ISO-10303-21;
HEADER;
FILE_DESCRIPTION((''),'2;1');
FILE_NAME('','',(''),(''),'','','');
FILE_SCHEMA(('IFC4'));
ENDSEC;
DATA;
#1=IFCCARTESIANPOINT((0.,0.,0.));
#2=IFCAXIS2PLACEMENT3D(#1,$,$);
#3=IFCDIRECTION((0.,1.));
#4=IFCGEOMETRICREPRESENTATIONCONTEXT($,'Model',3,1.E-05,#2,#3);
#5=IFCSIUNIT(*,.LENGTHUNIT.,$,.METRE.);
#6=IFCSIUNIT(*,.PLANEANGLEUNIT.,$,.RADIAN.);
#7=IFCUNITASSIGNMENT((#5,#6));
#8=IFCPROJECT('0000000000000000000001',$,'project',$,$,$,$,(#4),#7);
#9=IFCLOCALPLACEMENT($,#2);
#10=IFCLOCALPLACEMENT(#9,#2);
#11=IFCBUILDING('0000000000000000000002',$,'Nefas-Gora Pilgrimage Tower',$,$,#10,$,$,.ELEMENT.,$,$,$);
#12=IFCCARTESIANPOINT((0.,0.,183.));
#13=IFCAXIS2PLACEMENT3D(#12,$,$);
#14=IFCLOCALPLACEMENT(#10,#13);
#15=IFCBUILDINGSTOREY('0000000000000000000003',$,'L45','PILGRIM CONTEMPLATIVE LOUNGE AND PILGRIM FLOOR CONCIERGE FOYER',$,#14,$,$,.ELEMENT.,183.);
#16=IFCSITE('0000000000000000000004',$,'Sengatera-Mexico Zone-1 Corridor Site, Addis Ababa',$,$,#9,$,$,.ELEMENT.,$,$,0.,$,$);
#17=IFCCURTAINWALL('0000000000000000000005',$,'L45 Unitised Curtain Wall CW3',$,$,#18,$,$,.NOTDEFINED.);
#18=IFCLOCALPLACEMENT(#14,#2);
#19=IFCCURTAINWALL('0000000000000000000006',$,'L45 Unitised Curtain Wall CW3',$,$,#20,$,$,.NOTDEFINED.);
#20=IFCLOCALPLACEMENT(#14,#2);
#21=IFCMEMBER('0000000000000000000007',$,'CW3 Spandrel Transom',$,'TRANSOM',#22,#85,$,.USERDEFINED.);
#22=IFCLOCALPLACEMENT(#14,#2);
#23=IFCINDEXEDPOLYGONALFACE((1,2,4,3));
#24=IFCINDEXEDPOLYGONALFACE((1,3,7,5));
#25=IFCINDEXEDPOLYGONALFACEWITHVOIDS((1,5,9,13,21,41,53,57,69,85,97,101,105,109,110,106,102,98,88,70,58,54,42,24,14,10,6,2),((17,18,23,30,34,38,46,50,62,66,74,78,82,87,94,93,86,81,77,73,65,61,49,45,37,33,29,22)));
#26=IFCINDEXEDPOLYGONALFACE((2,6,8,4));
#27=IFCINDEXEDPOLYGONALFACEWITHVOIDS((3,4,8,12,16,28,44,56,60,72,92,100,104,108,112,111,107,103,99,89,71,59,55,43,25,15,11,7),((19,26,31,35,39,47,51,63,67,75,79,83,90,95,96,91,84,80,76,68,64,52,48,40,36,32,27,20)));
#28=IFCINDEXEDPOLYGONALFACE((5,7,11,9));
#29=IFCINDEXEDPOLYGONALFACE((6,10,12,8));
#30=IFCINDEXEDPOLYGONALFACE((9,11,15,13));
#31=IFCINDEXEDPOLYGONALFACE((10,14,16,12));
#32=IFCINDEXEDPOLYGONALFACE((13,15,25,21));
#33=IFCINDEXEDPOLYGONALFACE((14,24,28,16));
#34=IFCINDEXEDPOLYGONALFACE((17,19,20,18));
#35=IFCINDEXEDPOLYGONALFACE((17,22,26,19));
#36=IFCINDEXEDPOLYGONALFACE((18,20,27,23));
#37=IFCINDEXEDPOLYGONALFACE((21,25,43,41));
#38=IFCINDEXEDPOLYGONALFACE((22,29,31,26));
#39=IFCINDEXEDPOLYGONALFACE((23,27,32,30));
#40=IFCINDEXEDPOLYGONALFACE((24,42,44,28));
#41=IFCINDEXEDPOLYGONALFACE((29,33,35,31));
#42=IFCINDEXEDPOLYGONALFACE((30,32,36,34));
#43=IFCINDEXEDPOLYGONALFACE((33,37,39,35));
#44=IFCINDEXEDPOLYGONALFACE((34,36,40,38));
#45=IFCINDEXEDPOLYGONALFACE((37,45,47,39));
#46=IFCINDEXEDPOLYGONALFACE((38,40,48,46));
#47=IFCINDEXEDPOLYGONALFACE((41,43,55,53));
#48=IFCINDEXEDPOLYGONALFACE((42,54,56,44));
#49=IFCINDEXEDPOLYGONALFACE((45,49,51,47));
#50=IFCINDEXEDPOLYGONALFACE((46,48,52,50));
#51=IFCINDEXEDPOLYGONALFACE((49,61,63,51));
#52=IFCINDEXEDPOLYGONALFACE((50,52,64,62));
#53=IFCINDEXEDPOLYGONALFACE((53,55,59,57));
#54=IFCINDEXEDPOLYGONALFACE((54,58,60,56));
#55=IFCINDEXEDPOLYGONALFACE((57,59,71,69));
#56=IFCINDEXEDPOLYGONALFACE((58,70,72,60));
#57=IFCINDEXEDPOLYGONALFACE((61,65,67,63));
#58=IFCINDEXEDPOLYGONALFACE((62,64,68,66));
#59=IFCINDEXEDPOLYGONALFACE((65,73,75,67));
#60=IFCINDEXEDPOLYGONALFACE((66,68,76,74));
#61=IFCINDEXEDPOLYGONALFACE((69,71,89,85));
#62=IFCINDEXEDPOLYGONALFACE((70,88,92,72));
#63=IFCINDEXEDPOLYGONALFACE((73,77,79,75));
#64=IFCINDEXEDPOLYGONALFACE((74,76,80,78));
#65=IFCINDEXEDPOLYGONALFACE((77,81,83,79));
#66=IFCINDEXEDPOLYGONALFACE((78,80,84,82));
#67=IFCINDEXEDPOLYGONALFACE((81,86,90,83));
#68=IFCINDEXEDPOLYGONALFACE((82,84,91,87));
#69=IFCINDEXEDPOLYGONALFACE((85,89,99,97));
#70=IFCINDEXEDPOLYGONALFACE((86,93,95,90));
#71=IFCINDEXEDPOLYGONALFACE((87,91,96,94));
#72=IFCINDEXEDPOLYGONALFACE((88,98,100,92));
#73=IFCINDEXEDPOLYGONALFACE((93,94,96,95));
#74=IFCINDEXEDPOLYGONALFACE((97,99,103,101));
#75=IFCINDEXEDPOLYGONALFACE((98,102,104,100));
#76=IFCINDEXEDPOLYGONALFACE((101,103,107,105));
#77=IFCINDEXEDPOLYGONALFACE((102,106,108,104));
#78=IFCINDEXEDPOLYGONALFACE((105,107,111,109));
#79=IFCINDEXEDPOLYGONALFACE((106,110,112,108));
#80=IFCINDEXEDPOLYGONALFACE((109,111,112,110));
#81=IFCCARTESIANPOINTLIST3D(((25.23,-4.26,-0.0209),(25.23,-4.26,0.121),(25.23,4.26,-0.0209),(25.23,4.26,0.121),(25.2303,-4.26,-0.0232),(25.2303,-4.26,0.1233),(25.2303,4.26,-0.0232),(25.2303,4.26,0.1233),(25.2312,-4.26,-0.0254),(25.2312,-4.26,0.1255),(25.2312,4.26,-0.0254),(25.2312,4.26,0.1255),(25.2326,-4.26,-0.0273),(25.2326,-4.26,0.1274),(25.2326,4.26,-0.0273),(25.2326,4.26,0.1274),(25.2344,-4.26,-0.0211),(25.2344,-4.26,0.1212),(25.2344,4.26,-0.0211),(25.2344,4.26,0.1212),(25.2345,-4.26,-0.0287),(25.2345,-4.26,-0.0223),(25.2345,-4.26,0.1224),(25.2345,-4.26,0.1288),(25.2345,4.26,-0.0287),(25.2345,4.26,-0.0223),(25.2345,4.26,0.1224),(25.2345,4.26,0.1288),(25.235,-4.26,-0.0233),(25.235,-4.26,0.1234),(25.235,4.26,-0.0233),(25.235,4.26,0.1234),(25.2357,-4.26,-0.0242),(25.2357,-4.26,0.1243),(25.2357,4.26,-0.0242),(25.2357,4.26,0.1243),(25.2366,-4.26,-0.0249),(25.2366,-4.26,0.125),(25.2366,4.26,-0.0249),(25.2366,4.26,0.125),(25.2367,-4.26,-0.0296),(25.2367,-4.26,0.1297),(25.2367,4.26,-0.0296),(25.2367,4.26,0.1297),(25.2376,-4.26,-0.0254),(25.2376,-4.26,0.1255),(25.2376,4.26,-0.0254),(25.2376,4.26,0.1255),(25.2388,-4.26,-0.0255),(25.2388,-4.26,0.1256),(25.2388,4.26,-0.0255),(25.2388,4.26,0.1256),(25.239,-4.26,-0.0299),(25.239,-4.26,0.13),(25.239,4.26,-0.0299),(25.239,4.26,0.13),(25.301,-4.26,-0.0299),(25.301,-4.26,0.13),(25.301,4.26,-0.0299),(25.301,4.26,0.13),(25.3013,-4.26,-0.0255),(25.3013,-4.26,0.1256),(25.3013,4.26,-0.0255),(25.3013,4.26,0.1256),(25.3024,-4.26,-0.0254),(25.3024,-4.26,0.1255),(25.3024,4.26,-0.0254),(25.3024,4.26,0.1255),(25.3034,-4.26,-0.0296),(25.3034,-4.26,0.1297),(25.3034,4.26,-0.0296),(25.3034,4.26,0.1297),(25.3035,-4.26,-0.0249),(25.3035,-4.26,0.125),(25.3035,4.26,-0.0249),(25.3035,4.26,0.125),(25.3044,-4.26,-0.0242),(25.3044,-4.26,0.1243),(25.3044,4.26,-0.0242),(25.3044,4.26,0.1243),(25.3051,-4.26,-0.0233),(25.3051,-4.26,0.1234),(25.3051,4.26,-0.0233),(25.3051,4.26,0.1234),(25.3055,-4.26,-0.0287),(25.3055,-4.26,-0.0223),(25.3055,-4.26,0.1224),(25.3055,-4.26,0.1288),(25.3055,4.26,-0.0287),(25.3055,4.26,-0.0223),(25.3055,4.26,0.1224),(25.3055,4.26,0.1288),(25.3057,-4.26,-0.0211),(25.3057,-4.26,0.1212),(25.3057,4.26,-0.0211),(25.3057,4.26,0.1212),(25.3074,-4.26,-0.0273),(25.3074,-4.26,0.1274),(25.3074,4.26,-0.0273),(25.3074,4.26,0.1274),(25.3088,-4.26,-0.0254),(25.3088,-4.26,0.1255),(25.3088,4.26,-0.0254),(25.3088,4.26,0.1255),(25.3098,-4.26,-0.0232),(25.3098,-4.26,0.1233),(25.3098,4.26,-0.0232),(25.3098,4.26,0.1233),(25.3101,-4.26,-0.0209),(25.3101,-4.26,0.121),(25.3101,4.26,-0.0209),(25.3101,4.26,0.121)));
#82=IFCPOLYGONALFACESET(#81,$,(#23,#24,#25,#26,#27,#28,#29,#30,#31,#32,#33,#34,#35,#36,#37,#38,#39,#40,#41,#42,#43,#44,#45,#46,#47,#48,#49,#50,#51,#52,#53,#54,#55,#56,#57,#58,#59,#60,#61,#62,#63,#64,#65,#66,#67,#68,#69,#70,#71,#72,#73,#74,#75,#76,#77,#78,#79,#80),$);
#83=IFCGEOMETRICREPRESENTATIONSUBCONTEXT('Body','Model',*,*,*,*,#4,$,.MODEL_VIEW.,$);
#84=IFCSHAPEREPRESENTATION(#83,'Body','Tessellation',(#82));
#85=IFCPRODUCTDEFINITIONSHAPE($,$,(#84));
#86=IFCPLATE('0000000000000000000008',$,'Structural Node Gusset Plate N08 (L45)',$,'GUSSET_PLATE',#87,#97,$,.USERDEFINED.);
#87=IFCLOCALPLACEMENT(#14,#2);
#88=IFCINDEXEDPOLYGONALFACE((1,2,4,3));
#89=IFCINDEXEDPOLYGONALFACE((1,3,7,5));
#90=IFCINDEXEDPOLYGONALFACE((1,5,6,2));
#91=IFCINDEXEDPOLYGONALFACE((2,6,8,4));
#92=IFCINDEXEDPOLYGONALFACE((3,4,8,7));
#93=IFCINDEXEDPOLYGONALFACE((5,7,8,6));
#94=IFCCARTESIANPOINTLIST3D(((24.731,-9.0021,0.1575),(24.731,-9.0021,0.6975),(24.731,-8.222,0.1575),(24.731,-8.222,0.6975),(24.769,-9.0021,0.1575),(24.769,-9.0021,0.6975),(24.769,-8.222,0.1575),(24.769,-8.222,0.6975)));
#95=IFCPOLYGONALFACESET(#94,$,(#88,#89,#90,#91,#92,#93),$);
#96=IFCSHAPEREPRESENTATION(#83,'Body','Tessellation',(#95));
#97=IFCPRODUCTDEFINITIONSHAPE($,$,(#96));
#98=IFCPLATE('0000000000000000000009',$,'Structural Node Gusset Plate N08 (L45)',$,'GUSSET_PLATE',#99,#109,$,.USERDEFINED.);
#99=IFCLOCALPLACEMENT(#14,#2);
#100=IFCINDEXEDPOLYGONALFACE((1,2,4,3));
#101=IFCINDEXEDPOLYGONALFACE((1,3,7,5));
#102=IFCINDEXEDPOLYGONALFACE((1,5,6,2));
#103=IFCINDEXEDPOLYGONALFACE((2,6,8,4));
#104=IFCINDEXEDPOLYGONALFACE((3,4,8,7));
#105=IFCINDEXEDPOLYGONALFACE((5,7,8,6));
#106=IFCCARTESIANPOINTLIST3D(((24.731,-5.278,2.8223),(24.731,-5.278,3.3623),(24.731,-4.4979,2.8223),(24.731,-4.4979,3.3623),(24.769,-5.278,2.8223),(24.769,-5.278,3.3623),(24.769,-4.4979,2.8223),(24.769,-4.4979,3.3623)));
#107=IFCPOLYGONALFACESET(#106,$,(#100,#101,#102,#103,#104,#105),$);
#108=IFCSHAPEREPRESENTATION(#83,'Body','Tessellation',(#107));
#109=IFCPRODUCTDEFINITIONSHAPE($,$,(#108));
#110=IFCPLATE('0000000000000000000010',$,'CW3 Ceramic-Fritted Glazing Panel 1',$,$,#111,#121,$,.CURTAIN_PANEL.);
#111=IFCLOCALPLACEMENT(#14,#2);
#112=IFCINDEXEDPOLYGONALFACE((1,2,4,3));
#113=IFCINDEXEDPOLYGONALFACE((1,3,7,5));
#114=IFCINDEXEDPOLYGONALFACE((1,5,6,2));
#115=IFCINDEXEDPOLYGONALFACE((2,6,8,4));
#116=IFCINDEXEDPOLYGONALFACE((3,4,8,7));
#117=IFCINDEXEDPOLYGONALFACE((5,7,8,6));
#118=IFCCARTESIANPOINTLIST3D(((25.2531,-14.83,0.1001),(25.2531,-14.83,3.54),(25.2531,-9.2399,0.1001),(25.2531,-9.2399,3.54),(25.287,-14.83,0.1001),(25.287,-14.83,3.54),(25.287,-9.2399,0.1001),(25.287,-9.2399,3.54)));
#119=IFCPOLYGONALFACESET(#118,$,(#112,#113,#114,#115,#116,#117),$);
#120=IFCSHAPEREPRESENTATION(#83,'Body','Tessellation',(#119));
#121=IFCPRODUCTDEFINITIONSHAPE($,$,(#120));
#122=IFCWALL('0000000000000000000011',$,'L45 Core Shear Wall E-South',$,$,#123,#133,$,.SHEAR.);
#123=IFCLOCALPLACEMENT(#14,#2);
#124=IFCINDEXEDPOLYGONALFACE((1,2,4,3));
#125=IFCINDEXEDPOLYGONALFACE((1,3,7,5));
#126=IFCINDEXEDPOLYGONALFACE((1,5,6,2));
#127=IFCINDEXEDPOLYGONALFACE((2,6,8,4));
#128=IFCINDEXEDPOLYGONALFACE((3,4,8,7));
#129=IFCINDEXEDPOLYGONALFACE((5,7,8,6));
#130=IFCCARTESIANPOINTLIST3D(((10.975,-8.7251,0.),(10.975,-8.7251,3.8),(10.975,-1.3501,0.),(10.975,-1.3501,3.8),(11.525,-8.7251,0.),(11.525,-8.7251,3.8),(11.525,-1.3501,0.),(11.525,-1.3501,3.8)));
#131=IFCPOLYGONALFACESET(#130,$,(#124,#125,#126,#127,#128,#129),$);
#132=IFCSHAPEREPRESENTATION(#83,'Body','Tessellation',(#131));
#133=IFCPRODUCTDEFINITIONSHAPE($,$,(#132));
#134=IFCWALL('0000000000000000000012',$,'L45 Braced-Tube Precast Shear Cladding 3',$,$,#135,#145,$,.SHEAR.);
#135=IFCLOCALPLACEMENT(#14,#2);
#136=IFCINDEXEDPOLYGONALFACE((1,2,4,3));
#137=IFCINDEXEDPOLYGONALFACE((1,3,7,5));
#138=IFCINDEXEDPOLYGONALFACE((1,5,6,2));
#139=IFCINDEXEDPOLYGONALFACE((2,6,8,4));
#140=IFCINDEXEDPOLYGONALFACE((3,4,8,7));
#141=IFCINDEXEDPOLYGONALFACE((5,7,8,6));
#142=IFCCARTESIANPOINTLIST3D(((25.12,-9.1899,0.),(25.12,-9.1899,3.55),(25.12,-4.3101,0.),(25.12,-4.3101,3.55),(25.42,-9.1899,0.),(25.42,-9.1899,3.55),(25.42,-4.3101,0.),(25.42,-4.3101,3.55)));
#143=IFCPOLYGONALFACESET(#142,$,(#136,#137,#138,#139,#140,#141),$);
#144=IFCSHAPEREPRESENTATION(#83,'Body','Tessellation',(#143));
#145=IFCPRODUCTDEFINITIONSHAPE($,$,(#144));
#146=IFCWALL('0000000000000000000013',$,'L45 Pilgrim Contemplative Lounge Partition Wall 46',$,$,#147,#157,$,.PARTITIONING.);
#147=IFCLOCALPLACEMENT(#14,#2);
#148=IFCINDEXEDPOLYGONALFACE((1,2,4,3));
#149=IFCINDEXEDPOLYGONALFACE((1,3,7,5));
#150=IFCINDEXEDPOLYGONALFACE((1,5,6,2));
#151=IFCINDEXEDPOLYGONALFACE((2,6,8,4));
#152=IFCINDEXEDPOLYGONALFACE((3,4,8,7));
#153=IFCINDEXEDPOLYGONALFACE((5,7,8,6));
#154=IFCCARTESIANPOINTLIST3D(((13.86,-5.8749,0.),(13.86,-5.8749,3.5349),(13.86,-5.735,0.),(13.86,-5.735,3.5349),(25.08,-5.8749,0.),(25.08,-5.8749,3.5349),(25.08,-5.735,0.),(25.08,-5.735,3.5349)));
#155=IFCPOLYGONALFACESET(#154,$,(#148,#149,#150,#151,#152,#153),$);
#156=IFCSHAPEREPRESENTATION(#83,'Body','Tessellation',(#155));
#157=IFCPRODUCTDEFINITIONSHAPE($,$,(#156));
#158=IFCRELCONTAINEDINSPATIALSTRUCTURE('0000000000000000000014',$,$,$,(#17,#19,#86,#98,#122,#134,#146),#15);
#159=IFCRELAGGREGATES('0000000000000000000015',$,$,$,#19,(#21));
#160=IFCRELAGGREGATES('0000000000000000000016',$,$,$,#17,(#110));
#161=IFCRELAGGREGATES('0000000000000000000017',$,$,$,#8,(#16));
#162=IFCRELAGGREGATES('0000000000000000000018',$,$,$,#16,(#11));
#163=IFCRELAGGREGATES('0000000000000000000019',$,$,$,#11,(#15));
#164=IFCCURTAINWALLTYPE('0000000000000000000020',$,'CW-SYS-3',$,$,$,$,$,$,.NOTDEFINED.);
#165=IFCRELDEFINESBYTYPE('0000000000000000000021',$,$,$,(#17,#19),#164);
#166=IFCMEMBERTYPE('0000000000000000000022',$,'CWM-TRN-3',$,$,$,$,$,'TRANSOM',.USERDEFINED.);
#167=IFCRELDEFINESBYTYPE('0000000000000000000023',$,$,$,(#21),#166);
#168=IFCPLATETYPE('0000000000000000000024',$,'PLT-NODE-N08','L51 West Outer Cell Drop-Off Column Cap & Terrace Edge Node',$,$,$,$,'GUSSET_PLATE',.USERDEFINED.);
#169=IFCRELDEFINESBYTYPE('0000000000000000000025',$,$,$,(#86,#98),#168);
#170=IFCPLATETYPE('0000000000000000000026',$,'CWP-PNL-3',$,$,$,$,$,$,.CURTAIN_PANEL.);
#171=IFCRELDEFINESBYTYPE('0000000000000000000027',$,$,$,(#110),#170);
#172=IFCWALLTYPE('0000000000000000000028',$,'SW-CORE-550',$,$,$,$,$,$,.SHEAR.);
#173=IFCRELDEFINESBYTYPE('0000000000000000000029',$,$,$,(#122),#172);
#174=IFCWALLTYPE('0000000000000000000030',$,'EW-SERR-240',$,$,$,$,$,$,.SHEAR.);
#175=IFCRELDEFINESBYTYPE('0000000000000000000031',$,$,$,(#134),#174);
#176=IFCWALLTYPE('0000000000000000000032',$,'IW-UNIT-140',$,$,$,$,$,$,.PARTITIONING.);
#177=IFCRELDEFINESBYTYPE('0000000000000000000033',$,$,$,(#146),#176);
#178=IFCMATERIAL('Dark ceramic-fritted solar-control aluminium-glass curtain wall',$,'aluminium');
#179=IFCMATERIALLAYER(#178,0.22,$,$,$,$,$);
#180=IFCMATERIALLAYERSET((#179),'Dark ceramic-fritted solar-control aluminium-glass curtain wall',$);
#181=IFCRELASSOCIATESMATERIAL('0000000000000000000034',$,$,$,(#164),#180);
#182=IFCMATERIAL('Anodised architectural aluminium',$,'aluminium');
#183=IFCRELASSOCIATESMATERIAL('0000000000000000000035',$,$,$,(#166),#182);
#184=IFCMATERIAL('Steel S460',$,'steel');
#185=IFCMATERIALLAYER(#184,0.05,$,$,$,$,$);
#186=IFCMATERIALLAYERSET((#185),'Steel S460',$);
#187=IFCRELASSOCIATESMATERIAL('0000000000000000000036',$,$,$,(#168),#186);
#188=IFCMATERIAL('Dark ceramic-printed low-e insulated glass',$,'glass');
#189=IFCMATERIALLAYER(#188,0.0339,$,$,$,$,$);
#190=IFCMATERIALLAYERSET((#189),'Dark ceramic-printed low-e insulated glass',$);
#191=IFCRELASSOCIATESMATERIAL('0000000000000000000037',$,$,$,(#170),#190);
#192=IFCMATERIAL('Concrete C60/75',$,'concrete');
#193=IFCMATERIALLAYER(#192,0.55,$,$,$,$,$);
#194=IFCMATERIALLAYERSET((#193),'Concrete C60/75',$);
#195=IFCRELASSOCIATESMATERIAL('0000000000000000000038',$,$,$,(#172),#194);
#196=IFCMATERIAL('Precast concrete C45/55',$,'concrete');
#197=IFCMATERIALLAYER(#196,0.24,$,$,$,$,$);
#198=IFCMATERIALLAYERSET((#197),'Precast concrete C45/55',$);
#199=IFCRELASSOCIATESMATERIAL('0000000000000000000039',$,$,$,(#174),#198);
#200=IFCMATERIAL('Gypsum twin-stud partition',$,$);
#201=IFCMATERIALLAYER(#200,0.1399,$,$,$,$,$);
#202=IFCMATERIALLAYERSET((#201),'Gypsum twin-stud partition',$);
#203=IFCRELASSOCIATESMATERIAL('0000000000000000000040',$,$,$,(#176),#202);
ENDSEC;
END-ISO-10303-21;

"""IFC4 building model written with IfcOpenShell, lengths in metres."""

from ifc_helpers import new_model, si_unit, direction, frame, frame_2d, origin, origin_2d, place, context, subcontext, project, spatial, rectangle, hollow_rectangle, extrude, source, transform, mapped, material, layer, layer_set, material_profile, profile_set, type_object, element, aggregate, save


model = new_model("IFC4")

# Units and contexts
model_context = context("Model", 3, precision=1e-05, world=origin(), true_north=direction((0.0, 1.0)))
body_context = subcontext(model_context, "Body", "Model", "MODEL_VIEW")
ifc_project = project(units=[si_unit("LENGTHUNIT", "METRE"), si_unit("PLANEANGLEUNIT", "RADIAN")], contexts=[model_context])

# Site, building, storey
site_placement = place(None, origin())
site = spatial("IfcSite", under=ifc_project, at=site_placement, Name="Sengatera-Mexico Zone-1 Corridor Site, Addis Ababa", CompositionType="ELEMENT", RefElevation=0.0)
building_placement = place(site_placement, origin())
building = spatial("IfcBuilding", under=site, at=building_placement, Name="Nefas-Gora Pilgrimage Tower", CompositionType="ELEMENT")
storey_placement = place(building_placement, frame((0.0, 0.0, 183.0)))
storey = spatial("IfcBuildingStorey", under=building, at=storey_placement, Name="L45", Description="PILGRIM CONTEMPLATIVE LOUNGE AND PILGRIM FLOOR CONCIERGE FOYER", CompositionType="ELEMENT", Elevation=183.0)

# Shared definitions
ifc_material_1 = material(Name="Steel S460", Category="steel")

# Shared definitions
ifc_material_2 = material(Name="Concrete C60/75", Category="concrete")

# Curtain wall
ifc_material_3 = material(Name="Dark ceramic-fritted solar-control aluminium-glass curtain wall", Category="aluminium")
ifc_layer_1 = layer(ifc_material_3, 0.22)
ifc_layer_set_1 = layer_set([ifc_layer_1], Name="Dark ceramic-fritted solar-control aluminium-glass curtain wall")
curtain_wall_type = type_object("IfcCurtainWallType", Name="CW-SYS-3", PredefinedType="NOTDEFINED", material=ifc_layer_set_1)
curtain_wall_1_placement = place(storey_placement, origin())
curtain_wall_1 = element("IfcCurtainWall", 1, at=curtain_wall_1_placement, inside=storey, type_object=curtain_wall_type, Name="L45 Unitised Curtain Wall CW3", PredefinedType="NOTDEFINED")
ifc_material_4 = material(Name="Anodised architectural aluminium", Category="aluminium")

# Curtain wall, member
curtain_wall_2_placement = place(storey_placement, origin())
curtain_wall_2 = element("IfcCurtainWall", 2, at=curtain_wall_2_placement, inside=storey, type_object=curtain_wall_type, Name="L45 Unitised Curtain Wall CW3", PredefinedType="NOTDEFINED")
ifc_material_profile_1 = material_profile(ifc_material_4, hollow_rectangle(XDim=0.0801, YDim=0.1599, WallThickness=0.0044, InnerFilletRadius=0.0044, OuterFilletRadius=0.009, at=origin_2d()), Name="ALU TRANSOM 80x160")
ifc_profile_set_1 = profile_set([ifc_material_profile_1], Name="Anodised architectural aluminium")
member_type_1 = type_object("IfcMemberType", Name="CWM-TRN-3", ElementType="TRANSOM", PredefinedType="USERDEFINED", material=ifc_profile_set_1)
shared_shape_1 = source(origin(), body_context, "Body", "SweptSolid", [
    extrude(hollow_rectangle(XDim=0.0801, YDim=0.1599, WallThickness=0.0044, InnerFilletRadius=0.0044, OuterFilletRadius=0.009, at=origin_2d()), origin(), (0.0, 0.0, 1.0), 8.52),
])
member_1_placement = place(storey_placement, frame((25.27, -4.26, 0.05), z_axis=(0.0, 1.0, 0.0), x_axis=(-1.0, 0.0, 0.0)))
member_1 = element("IfcMember", 3, at=member_1_placement, type_object=member_type_1, Name="CW3 Spandrel Transom", ObjectType="TRANSOM", PredefinedType="USERDEFINED", context=body_context, shape_type="MappedRepresentation", body=[
    mapped(shared_shape_1, transform((0.0, 0.0, 0.0), x_axis=(1.0, 0.0, 0.0), y_axis=(0.0, 1.0, 0.0), z_axis=(0.0, 0.0, 1.0), scale=1.0)),
])
aggregate(curtain_wall_2, [member_1])

# Plates
ifc_layer_2 = layer(ifc_material_1, 0.05)
ifc_layer_set_2 = layer_set([ifc_layer_2], Name="Steel S460")
plate_type_1 = type_object("IfcPlateType", Name="PLT-NODE-N08", Description="L51 West Outer Cell Drop-Off Column Cap & Terrace Edge Node", ElementType="GUSSET_PLATE", PredefinedType="USERDEFINED", material=ifc_layer_set_2)
shared_shape_2 = source(origin(), body_context, "Body", "SweptSolid", [
    extrude(rectangle(XDim=0.78, YDim=0.0381, at=origin_2d()), origin(), (0.0, 0.0, 1.0), 0.54),
])
for number, where, z_axis, x_axis, name in (
    (4, (24.75, -8.6121, 0.1575), (0.0, 0.0, 1.0), (0.0, 1.0, 0.0), "Structural Node Gusset Plate N08 (L45)"),
    (5, (24.75, -4.8879, 2.8223), (0.0, 0.0, 1.0), (0.0, 1.0, 0.0), "Structural Node Gusset Plate N08 (L45)"),
):
    element("IfcPlate", number, at=place(storey_placement, frame(where, z_axis=z_axis, x_axis=x_axis)), inside=storey, type_object=plate_type_1, Name=name, ObjectType="GUSSET_PLATE", PredefinedType="USERDEFINED", context=body_context, shape_type="MappedRepresentation", body=[
        mapped(shared_shape_2, transform((0.0, 0.0, 0.0), x_axis=(1.0, 0.0, 0.0), y_axis=(0.0, 1.0, 0.0), z_axis=(0.0, 0.0, 1.0), scale=1.0)),
    ])

# Plate
ifc_material_5 = material(Name="Dark ceramic-printed low-e insulated glass", Category="glass")
ifc_layer_3 = layer(ifc_material_5, 0.0339)
ifc_layer_set_3 = layer_set([ifc_layer_3], Name="Dark ceramic-printed low-e insulated glass")
plate_type_2 = type_object("IfcPlateType", Name="CWP-PNL-3", PredefinedType="CURTAIN_PANEL", material=ifc_layer_set_3)
shared_shape_3 = source(origin(), body_context, "Body", "SweptSolid", [
    extrude(rectangle(XDim=5.5901, YDim=0.0339, at=origin_2d()), origin(), (0.0, 0.0, 1.0), 3.4399),
])
plate_placement = place(storey_placement, frame((25.27, -12.0349, 0.1001), z_axis=(0.0, 0.0, 1.0), x_axis=(0.0, 1.0, 0.0)))
plate = element("IfcPlate", 6, at=plate_placement, type_object=plate_type_2, Name="CW3 Ceramic-Fritted Glazing Panel 1", PredefinedType="CURTAIN_PANEL", context=body_context, shape_type="MappedRepresentation", body=[
    mapped(shared_shape_3, transform((0.0, 0.0, 0.0), x_axis=(1.0, 0.0, 0.0), y_axis=(0.0, 1.0, 0.0), z_axis=(0.0, 0.0, 1.0), scale=1.0)),
])
aggregate(curtain_wall_1, [plate])

# Walls
ifc_layer_4 = layer(ifc_material_2, 0.55)
ifc_layer_set_4 = layer_set([ifc_layer_4], Name="Concrete C60/75")
wall_type_1 = type_object("IfcWallType", Name="SW-CORE-550", PredefinedType="SHEAR", material=ifc_layer_set_4)
shared_shape_4 = source(origin(), body_context, "Body", "SweptSolid", [
    extrude(rectangle(XDim=7.375, YDim=0.55, at=frame_2d((3.6875, 0.0))), origin(), (0.0, 0.0, 1.0), 3.8),
])
wall_1_placement = place(storey_placement, frame((11.25, -8.7251, 0.0), z_axis=(0.0, 0.0, 1.0), x_axis=(0.0, 1.0, 0.0)))
element("IfcWall", 7, at=wall_1_placement, inside=storey, type_object=wall_type_1, Name="L45 Core Shear Wall E-South", PredefinedType="SHEAR", context=body_context, shape_type="MappedRepresentation", body=[
    mapped(shared_shape_4, transform((0.0, 0.0, 0.0), x_axis=(1.0, 0.0, 0.0), y_axis=(0.0, 1.0, 0.0), z_axis=(0.0, 0.0, 1.0), scale=1.0)),
])
ifc_material_6 = material(Name="Precast concrete C45/55", Category="concrete")
ifc_layer_5 = layer(ifc_material_6, 0.24)
ifc_layer_set_5 = layer_set([ifc_layer_5], Name="Precast concrete C45/55")
wall_type_2 = type_object("IfcWallType", Name="EW-SERR-240", PredefinedType="SHEAR", material=ifc_layer_set_5)
shared_shape_5 = source(origin(), body_context, "Body", "SweptSolid", [
    extrude(rectangle(XDim=4.8799, YDim=0.3, at=frame_2d((2.4399, 0.0))), origin(), (0.0, 0.0, 1.0), 3.55),
])
wall_2_placement = place(storey_placement, frame((25.27, -9.1899, 0.0), z_axis=(0.0, 0.0, 1.0), x_axis=(0.0, 1.0, 0.0)))
element("IfcWall", 8, at=wall_2_placement, inside=storey, type_object=wall_type_2, Name="L45 Braced-Tube Precast Shear Cladding 3", PredefinedType="SHEAR", context=body_context, shape_type="MappedRepresentation", body=[
    mapped(shared_shape_5, transform((0.0, 0.0, 0.0), x_axis=(1.0, 0.0, 0.0), y_axis=(0.0, 1.0, 0.0), z_axis=(0.0, 0.0, 1.0), scale=1.0)),
])

# Wall
ifc_material_7 = material(Name="Gypsum twin-stud partition")
ifc_layer_6 = layer(ifc_material_7, 0.1399)
ifc_layer_set_6 = layer_set([ifc_layer_6], Name="Gypsum twin-stud partition")
wall_type_3 = type_object("IfcWallType", Name="IW-UNIT-140", PredefinedType="PARTITIONING", material=ifc_layer_set_6)
shared_shape_6 = source(origin(), body_context, "Body", "SweptSolid", [
    extrude(rectangle(XDim=11.22, YDim=0.1399, at=frame_2d((5.6099, 0.0))), origin(), (0.0, 0.0, 1.0), 3.5349),
])
wall_3_placement = place(storey_placement, frame((13.8601, -5.8049, 0.0), z_axis=(0.0, 0.0, 1.0), x_axis=(1.0, 0.0, 0.0)))
element("IfcWall", 9, at=wall_3_placement, inside=storey, type_object=wall_type_3, Name="L45 Pilgrim Contemplative Lounge Partition Wall 46", PredefinedType="PARTITIONING", context=body_context, shape_type="MappedRepresentation", body=[
    mapped(shared_shape_6, transform((0.0, 0.0, 0.0), x_axis=(1.0, 0.0, 0.0), y_axis=(0.0, 1.0, 0.0), z_axis=(0.0, 0.0, 1.0), scale=1.0)),
])

save(model, "model.ifc")
